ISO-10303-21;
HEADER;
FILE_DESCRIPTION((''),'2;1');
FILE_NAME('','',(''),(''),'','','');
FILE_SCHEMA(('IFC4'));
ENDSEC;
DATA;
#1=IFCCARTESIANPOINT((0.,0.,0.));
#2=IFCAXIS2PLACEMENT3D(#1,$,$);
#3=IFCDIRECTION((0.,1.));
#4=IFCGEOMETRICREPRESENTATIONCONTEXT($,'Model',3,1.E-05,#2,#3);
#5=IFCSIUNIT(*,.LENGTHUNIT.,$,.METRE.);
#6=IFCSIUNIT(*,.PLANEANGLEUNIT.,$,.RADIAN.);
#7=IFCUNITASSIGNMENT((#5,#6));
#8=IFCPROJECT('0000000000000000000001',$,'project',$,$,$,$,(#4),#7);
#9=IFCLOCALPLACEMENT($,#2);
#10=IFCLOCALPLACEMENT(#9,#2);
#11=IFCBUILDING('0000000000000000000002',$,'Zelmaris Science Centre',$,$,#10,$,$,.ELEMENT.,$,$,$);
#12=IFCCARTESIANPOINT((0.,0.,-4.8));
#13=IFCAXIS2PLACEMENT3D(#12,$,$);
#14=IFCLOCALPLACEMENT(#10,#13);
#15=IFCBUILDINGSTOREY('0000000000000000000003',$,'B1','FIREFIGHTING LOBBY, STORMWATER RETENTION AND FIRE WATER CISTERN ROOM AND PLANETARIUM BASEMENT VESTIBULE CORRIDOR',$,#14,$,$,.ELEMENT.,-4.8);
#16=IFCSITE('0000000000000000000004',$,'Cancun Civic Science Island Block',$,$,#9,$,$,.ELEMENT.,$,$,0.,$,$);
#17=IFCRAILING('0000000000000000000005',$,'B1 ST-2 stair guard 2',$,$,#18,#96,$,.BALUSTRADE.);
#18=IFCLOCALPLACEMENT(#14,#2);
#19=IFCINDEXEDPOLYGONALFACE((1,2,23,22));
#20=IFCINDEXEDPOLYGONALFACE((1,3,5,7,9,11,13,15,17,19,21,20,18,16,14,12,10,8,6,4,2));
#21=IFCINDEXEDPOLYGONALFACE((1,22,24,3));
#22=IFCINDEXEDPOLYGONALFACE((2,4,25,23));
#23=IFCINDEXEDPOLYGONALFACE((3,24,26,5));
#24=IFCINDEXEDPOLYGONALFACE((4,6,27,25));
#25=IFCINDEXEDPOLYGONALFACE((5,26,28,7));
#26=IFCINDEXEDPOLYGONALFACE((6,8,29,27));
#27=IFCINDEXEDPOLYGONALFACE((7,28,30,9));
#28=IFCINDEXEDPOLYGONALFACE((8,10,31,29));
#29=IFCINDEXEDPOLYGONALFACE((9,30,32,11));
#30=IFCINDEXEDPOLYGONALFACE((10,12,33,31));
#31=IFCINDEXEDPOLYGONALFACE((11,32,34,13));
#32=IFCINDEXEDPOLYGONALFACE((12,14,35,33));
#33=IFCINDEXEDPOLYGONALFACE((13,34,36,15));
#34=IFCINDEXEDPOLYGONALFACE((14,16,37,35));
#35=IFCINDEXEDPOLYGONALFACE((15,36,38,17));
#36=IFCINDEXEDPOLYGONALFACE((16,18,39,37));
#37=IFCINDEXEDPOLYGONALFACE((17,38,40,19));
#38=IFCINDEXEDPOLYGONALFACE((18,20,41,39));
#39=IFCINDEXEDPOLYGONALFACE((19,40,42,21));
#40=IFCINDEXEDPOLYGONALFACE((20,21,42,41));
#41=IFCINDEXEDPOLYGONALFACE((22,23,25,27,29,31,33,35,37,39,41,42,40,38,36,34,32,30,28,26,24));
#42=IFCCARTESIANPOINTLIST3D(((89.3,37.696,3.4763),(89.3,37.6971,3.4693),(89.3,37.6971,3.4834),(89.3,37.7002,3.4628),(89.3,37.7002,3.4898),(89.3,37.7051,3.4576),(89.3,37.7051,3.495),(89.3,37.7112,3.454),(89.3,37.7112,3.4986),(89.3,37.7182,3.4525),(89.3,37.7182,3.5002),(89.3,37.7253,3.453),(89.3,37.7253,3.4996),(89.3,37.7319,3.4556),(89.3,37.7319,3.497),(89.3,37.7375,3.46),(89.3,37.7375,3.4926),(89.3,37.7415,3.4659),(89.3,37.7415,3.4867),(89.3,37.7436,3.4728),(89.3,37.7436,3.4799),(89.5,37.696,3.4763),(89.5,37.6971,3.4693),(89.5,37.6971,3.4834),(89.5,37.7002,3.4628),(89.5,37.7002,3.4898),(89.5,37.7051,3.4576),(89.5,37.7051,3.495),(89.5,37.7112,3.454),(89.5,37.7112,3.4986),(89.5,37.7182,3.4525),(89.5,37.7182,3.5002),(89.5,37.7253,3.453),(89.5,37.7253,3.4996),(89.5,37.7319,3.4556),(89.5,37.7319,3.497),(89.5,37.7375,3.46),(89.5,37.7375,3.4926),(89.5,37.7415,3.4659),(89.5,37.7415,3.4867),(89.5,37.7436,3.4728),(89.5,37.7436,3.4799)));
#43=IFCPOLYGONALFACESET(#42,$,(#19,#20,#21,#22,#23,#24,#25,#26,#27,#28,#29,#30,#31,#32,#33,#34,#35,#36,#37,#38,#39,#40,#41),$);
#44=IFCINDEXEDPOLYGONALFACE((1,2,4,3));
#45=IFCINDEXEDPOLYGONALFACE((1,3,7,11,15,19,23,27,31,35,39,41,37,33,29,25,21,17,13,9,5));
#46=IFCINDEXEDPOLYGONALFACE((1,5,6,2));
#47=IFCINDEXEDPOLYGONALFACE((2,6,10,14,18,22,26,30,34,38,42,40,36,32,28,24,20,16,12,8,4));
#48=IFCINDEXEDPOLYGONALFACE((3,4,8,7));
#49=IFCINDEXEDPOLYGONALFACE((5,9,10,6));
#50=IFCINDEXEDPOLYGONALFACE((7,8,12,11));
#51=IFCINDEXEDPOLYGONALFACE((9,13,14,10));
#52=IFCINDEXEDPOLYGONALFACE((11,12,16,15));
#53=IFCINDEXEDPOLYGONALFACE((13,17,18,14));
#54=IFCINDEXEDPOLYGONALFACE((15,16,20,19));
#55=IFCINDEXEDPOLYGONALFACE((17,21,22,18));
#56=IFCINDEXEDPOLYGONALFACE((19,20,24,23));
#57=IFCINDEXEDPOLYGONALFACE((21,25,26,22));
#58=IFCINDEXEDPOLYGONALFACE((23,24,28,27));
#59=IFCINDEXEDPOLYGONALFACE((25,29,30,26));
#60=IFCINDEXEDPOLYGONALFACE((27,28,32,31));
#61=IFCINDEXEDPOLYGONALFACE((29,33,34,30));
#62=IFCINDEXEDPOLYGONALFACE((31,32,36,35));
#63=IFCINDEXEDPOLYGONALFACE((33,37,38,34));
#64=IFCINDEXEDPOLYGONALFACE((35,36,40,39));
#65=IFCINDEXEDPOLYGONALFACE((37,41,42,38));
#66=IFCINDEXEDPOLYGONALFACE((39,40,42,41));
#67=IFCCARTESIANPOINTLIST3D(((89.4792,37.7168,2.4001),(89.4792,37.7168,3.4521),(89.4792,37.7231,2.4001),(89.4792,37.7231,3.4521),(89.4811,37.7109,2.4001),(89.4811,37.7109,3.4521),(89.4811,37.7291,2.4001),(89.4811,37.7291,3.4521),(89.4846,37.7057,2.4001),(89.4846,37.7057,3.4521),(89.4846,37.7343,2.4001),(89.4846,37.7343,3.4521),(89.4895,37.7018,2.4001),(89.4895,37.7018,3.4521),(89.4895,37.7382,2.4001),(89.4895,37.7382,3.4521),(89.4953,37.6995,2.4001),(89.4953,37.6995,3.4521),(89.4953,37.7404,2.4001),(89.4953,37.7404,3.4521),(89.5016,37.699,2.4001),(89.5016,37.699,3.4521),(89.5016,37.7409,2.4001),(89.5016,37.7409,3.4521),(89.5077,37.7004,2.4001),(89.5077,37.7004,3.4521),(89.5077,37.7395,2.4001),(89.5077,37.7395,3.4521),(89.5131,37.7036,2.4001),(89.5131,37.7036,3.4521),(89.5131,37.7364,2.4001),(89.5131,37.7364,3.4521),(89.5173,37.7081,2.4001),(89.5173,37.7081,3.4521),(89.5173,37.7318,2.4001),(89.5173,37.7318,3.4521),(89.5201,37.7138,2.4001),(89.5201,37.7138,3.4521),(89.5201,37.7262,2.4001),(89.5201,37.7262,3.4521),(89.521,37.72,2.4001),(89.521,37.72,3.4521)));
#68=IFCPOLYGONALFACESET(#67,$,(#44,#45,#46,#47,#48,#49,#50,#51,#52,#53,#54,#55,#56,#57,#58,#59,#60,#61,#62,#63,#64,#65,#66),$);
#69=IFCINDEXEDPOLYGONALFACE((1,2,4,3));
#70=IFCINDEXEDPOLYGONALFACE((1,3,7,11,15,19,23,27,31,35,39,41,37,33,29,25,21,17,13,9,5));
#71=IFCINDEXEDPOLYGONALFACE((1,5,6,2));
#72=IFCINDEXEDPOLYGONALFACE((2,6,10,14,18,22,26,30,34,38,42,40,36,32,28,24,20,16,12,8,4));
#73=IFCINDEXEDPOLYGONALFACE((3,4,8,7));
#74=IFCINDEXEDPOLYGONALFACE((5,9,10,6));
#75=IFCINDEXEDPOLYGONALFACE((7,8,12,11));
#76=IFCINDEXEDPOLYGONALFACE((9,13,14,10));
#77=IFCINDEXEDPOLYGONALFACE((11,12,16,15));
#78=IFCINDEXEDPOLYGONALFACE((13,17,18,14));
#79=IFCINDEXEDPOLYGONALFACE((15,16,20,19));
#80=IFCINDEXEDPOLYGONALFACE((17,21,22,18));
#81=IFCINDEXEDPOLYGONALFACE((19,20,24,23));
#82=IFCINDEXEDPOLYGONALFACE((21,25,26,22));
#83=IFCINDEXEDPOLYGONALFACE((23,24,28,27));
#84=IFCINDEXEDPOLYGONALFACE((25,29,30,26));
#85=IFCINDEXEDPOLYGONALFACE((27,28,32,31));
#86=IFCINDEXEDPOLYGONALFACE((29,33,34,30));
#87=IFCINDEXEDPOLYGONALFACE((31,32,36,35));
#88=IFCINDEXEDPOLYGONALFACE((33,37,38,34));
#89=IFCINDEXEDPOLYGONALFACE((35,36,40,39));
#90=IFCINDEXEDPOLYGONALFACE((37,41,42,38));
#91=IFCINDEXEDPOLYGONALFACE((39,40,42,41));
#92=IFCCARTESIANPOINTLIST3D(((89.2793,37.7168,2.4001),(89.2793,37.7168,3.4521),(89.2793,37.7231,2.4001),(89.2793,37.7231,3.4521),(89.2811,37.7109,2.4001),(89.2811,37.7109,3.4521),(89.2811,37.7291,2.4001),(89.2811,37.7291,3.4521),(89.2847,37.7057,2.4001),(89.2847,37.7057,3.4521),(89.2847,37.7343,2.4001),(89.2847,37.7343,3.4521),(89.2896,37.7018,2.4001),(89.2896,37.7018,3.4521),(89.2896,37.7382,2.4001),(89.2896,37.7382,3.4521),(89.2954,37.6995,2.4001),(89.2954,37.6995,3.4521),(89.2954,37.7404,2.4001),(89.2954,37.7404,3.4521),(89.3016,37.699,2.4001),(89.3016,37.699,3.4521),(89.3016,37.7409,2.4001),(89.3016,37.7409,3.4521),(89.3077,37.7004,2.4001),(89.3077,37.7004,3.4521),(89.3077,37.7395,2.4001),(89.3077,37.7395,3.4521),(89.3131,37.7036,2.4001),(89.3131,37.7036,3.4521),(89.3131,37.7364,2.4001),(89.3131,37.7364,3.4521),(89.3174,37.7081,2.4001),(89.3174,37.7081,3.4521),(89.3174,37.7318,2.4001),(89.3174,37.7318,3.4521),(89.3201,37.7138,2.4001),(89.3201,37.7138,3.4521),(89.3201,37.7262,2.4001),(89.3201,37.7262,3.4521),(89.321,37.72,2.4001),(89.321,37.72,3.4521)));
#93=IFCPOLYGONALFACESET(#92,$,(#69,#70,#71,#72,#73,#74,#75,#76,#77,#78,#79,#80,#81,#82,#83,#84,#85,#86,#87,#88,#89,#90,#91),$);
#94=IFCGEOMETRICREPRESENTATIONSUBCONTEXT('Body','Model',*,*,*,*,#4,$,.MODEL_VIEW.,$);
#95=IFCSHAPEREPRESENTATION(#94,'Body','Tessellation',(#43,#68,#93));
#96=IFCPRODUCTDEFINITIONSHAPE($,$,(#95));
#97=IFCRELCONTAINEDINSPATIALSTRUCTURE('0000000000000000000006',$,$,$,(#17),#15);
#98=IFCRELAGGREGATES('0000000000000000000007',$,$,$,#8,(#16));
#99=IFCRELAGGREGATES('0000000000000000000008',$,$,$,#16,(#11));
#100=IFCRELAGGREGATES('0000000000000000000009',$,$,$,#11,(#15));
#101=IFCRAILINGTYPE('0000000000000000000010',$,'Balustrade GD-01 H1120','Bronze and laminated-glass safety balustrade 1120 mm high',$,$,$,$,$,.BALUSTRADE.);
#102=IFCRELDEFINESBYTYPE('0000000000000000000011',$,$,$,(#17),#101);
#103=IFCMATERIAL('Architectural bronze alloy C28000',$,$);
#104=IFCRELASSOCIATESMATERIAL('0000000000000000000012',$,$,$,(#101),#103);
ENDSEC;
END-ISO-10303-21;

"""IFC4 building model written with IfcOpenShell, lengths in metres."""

from ifc_helpers import new_model, si_unit, direction, frame, origin, origin_2d, place, context, subcontext, project, spatial, circle, extrude, material, type_object, element, save


model = new_model("IFC4")

# Units and contexts
model_context = context("Model", 3, precision=1e-05, world=origin(), true_north=direction((0.0, 1.0)))
body_context = subcontext(model_context, "Body", "Model", "MODEL_VIEW")
ifc_project = project(units=[si_unit("LENGTHUNIT", "METRE"), si_unit("PLANEANGLEUNIT", "RADIAN")], contexts=[model_context])

# Site, building, storey
site_placement = place(None, origin())
site = spatial("IfcSite", under=ifc_project, at=site_placement, Name="Cancun Civic Science Island Block", CompositionType="ELEMENT", RefElevation=0.0)
building_placement = place(site_placement, origin())
building = spatial("IfcBuilding", under=site, at=building_placement, Name="Zelmaris Science Centre", CompositionType="ELEMENT")
storey_placement = place(building_placement, frame((0.0, 0.0, -4.8)))
storey = spatial("IfcBuildingStorey", under=building, at=storey_placement, Name="B1", Description="FIREFIGHTING LOBBY, STORMWATER RETENTION AND FIRE WATER CISTERN ROOM AND PLANETARIUM BASEMENT VESTIBULE CORRIDOR", CompositionType="ELEMENT", Elevation=-4.8)

# Railing
ifc_material_1 = material(Name="Architectural bronze alloy C28000")
railing_type_1 = type_object("IfcRailingType", Name="Balustrade GD-01 H1120", Description="Bronze and laminated-glass safety balustrade 1120 mm high", PredefinedType="BALUSTRADE", material=ifc_material_1)
railing_1_placement = place(storey_placement, frame((89.5, 37.72, 2.4001)))
element("IfcRailing", 1, at=railing_1_placement, inside=storey, type_object=railing_type_1, Name="B1 ST-2 stair guard 2", PredefinedType="BALUSTRADE", context=body_context, shape_type="SweptSolid", body=[
    extrude(circle(Radius=0.0239, at=origin_2d()), frame((0.0, 0.0, 1.0762), z_axis=(-1.0, 0.0, 0.0), x_axis=(0.0, -1.0, 0.0)), (0.0, 0.0, 1.0), 0.2),
    extrude(circle(Radius=0.021, at=origin_2d()), origin(), (0.0, 0.0, 1.0), 1.052),
    extrude(circle(Radius=0.021, at=origin_2d()), frame((-0.2, 0.0, 0.0)), (0.0, 0.0, 1.0), 1.052),
])

save(model, "model.ifc")
